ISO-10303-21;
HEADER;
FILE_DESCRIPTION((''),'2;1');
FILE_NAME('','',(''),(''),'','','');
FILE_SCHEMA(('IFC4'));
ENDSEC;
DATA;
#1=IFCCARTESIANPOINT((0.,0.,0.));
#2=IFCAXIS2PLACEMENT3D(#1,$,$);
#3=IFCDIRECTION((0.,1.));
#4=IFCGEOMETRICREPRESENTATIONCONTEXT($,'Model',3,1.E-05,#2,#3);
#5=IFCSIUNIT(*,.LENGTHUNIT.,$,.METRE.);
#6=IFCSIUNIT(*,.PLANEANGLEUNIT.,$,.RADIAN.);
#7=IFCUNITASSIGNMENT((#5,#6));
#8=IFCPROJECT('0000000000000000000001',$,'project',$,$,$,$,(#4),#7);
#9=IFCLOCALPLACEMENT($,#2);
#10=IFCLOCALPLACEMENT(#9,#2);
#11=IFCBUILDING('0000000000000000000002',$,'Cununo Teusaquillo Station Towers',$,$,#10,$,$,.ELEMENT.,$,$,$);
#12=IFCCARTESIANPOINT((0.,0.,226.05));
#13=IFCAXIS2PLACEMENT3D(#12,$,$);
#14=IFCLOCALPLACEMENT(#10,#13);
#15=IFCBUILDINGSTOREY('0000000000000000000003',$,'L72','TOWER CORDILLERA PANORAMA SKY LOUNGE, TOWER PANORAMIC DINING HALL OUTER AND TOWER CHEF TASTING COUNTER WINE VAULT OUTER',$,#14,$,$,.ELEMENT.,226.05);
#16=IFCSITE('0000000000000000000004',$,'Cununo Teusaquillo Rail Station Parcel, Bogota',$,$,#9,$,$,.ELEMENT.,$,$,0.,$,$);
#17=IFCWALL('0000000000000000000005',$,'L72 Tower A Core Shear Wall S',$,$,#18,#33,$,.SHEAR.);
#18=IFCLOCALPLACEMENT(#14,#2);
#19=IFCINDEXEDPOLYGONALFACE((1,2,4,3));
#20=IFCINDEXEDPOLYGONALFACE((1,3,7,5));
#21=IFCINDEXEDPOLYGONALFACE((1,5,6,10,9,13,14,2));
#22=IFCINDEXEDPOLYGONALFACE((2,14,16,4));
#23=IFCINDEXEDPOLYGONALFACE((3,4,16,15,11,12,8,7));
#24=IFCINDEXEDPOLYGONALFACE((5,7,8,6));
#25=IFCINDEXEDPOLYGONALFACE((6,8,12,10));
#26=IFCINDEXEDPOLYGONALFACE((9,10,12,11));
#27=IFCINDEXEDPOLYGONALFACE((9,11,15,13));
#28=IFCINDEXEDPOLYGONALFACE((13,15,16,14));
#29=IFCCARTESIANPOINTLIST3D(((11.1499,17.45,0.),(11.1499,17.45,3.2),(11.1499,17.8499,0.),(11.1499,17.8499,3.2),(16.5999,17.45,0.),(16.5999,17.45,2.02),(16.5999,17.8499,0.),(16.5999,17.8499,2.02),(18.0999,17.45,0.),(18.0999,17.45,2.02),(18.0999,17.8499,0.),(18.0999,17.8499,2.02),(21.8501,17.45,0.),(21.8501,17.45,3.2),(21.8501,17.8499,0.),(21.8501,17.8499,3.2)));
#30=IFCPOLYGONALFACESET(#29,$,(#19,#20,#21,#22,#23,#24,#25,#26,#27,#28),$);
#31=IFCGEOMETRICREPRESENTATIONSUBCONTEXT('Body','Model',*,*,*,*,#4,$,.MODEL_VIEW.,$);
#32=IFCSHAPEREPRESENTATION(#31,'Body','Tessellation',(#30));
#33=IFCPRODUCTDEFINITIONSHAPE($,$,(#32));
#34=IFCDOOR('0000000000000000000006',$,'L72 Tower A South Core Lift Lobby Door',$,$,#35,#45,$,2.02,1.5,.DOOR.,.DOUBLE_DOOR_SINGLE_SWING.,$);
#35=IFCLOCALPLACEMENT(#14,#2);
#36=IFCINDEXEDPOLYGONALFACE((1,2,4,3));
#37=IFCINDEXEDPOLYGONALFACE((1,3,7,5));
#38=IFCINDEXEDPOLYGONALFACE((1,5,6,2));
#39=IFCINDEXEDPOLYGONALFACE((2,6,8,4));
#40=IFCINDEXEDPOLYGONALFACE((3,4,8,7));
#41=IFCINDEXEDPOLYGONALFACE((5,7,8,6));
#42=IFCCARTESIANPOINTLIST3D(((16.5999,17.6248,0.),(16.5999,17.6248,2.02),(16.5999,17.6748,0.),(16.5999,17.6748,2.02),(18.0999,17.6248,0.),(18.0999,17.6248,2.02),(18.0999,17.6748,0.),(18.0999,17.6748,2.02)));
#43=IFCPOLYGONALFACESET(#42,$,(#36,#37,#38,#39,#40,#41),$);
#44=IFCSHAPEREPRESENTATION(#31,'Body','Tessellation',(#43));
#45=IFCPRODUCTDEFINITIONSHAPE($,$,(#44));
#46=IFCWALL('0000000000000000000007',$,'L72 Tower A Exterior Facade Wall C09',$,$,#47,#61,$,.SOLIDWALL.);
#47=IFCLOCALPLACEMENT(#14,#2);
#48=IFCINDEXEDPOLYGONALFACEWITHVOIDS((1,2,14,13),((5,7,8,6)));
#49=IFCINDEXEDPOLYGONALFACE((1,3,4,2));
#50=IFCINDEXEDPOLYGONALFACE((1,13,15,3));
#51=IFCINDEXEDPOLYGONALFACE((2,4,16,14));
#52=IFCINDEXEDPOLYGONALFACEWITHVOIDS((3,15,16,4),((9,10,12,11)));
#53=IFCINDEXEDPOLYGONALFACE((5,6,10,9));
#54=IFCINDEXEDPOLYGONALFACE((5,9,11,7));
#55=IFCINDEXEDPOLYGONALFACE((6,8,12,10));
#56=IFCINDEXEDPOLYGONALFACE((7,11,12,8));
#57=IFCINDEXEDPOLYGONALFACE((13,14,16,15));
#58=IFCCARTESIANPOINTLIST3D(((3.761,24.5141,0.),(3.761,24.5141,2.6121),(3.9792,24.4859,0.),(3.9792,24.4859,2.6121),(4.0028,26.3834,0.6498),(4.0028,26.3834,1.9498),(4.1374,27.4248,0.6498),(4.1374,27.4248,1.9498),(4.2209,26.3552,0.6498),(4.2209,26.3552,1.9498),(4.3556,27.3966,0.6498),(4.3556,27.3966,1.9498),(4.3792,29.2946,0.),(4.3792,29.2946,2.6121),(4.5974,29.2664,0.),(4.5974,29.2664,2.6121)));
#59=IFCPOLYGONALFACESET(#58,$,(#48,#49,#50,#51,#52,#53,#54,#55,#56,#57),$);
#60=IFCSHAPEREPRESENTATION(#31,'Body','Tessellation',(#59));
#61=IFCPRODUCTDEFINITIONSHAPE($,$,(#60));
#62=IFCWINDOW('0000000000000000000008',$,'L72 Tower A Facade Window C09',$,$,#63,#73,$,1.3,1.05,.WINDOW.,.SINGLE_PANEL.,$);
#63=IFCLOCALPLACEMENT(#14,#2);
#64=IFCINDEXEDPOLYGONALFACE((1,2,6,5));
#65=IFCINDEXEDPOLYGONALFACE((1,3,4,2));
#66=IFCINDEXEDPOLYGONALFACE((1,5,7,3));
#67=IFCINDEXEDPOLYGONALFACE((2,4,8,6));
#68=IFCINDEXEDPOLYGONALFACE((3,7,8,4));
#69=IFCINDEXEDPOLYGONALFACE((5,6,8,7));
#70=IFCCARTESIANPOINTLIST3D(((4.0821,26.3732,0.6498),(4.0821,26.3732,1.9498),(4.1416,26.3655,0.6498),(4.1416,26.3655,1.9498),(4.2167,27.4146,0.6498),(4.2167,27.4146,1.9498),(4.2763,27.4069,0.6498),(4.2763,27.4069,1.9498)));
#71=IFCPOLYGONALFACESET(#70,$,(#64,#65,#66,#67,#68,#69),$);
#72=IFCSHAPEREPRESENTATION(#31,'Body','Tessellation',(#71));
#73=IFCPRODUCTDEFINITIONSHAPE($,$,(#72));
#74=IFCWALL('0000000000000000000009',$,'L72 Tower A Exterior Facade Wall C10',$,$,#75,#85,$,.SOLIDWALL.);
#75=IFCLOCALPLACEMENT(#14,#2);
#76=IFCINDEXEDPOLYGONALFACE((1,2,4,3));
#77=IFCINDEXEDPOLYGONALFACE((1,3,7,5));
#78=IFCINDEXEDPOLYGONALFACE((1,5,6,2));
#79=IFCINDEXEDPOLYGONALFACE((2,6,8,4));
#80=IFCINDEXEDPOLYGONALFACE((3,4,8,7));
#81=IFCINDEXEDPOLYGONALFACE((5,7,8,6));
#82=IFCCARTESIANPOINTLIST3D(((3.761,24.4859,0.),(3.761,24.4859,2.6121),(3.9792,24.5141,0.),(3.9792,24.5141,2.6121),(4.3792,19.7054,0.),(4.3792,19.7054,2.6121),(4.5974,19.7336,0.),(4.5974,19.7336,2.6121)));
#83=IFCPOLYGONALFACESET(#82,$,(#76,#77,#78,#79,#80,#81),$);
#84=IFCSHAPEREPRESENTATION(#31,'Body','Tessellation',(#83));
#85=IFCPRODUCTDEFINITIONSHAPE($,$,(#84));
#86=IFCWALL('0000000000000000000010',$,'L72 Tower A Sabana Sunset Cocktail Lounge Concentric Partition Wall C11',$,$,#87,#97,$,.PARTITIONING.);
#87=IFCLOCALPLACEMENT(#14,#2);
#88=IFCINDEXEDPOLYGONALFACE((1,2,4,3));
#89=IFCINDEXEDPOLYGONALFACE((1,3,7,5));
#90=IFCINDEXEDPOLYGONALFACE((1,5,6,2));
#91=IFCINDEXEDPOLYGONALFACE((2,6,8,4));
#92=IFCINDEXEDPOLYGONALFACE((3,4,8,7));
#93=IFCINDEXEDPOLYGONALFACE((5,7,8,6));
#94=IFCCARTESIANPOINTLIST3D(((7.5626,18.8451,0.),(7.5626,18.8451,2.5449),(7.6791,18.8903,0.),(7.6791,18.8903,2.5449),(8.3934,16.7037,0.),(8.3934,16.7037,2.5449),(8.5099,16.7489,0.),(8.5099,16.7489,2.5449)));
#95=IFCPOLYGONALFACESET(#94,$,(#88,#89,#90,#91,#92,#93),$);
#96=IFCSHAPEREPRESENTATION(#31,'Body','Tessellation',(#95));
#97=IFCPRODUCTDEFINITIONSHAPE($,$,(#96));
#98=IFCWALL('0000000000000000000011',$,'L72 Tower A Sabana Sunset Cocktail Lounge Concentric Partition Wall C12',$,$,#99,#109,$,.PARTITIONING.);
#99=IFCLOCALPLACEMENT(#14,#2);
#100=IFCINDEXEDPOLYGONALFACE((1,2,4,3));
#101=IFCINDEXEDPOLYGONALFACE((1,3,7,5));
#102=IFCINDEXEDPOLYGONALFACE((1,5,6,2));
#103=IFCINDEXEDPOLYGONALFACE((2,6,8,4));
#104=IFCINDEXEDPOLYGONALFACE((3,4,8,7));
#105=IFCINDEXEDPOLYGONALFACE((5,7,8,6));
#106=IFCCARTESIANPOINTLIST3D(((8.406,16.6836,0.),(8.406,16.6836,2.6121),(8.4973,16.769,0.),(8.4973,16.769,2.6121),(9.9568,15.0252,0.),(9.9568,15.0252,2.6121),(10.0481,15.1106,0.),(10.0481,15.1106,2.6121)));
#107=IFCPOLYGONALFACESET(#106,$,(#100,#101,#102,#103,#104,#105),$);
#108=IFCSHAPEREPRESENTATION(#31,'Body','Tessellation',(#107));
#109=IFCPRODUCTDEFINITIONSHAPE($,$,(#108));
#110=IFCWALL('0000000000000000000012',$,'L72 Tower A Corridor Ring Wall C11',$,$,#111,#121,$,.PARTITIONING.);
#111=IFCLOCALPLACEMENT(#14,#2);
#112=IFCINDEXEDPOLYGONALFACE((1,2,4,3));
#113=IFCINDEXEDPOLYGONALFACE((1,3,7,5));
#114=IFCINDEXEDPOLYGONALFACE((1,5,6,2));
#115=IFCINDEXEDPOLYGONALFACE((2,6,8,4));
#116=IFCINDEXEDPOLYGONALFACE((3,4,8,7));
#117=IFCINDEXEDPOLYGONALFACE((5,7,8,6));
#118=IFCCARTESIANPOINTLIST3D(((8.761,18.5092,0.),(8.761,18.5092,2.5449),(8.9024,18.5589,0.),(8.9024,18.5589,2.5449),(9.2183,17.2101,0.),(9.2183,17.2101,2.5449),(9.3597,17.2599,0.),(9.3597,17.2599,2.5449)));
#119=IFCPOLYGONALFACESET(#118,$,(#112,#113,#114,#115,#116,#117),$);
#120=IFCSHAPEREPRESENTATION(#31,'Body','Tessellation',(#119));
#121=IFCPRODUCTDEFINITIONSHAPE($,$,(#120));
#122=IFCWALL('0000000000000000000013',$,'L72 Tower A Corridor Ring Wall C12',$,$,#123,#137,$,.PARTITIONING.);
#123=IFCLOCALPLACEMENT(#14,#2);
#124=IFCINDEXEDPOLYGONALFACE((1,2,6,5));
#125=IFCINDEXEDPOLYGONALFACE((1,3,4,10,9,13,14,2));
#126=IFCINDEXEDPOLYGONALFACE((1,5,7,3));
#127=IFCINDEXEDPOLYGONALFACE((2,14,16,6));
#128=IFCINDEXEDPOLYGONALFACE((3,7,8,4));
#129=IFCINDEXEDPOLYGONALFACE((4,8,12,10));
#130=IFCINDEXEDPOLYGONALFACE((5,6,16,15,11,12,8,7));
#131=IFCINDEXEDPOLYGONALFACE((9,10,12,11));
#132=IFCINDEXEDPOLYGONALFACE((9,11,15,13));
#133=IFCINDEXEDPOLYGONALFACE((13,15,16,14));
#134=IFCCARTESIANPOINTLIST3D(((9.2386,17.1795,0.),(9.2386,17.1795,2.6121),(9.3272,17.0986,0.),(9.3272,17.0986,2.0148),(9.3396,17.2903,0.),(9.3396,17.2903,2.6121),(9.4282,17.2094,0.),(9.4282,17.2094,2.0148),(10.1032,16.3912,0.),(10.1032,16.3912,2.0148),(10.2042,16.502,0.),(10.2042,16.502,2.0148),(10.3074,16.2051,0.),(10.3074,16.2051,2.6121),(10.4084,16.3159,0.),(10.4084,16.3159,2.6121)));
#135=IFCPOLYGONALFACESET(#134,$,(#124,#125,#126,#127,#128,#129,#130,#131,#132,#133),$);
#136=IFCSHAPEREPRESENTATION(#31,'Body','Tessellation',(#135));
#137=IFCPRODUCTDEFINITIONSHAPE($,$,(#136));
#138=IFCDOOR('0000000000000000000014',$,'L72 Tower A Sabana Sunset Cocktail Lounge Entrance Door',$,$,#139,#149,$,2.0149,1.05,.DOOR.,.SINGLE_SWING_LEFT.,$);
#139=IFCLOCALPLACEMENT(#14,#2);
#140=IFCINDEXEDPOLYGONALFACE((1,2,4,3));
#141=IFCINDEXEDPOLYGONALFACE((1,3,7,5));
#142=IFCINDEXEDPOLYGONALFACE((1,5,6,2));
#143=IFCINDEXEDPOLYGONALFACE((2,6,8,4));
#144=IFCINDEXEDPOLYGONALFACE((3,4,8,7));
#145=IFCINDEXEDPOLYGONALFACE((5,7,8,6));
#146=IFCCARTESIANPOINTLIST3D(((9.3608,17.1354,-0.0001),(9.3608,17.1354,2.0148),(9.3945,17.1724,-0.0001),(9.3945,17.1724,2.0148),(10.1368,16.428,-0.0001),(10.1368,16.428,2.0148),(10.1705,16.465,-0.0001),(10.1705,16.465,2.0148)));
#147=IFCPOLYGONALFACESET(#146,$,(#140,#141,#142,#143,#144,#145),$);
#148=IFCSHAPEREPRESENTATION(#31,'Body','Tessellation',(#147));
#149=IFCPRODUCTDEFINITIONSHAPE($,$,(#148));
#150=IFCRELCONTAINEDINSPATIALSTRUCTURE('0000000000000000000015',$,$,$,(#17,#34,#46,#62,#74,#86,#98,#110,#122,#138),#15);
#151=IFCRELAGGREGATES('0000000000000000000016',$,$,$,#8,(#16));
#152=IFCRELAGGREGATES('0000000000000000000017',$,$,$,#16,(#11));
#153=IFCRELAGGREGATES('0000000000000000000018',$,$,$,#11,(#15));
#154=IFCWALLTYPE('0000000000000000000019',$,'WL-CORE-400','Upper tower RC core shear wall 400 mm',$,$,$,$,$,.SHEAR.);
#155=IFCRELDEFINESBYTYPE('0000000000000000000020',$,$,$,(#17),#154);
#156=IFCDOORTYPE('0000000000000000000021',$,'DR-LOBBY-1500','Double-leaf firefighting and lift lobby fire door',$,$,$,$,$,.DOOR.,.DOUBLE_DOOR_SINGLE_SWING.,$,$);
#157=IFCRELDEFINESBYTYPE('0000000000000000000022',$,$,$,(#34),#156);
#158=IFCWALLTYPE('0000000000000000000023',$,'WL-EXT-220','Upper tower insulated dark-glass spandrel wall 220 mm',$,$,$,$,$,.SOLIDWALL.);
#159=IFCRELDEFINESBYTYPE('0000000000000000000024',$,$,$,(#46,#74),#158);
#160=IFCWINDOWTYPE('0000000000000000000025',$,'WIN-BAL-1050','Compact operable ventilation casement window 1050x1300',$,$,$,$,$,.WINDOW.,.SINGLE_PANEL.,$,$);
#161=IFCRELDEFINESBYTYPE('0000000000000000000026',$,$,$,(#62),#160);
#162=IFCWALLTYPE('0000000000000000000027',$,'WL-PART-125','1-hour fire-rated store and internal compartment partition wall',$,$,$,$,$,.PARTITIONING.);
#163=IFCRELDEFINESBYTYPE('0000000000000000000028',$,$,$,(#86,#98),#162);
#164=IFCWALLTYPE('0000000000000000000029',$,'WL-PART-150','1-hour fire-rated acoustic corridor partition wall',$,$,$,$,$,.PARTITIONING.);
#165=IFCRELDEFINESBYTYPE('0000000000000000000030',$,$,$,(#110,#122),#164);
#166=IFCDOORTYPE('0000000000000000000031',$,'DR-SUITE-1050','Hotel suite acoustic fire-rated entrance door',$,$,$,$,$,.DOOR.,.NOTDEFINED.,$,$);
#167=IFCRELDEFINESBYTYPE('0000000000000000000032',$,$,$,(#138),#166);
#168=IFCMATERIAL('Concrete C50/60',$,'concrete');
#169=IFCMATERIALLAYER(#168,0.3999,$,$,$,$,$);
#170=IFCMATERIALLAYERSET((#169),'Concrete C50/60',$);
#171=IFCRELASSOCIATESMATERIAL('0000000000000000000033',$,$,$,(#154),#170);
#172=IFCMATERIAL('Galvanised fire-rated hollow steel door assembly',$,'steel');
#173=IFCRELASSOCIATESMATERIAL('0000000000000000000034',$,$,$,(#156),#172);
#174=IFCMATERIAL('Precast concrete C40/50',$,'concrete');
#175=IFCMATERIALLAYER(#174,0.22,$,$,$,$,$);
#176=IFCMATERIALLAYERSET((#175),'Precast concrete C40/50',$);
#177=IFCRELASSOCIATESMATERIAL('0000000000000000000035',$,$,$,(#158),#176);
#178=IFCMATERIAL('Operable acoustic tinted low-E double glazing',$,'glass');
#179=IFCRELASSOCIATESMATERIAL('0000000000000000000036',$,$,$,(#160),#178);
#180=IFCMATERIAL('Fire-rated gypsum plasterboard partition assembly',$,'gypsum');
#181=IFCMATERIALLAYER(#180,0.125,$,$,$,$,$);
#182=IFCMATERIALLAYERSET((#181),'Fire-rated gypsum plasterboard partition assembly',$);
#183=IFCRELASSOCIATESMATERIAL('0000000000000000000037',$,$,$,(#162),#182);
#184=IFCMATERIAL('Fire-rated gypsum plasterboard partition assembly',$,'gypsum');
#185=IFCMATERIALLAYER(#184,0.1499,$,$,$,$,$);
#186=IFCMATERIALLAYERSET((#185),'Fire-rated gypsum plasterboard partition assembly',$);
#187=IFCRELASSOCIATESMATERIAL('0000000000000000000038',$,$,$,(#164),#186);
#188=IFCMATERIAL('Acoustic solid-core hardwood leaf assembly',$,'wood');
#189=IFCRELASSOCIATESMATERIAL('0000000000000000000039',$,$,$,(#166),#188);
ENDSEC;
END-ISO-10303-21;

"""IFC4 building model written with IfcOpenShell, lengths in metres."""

from ifc_helpers import new_model, si_unit, direction, frame, frame_2d, origin, place, context, subcontext, project, spatial, rectangle, extrude, source, transform, mapped, material, layer, layer_set, type_object, element, fill, save


model = new_model("IFC4")

# Units and contexts
model_context = context("Model", 3, precision=1e-05, world=origin(), true_north=direction((0.0, 1.0)))
body_context = subcontext(model_context, "Body", "Model", "MODEL_VIEW")
ifc_project = project(units=[si_unit("LENGTHUNIT", "METRE"), si_unit("PLANEANGLEUNIT", "RADIAN")], contexts=[model_context])

# Site, building, storey
site_placement = place(None, origin())
site = spatial("IfcSite", under=ifc_project, at=site_placement, Name="Cununo Teusaquillo Rail Station Parcel, Bogota", CompositionType="ELEMENT", RefElevation=0.0)
building_placement = place(site_placement, origin())
building = spatial("IfcBuilding", under=site, at=building_placement, Name="Cununo Teusaquillo Station Towers", CompositionType="ELEMENT")
storey_placement = place(building_placement, frame((0.0, 0.0, 226.05)))
storey = spatial("IfcBuildingStorey", under=building, at=storey_placement, Name="L72", Description="TOWER CORDILLERA PANORAMA SKY LOUNGE, TOWER PANORAMIC DINING HALL OUTER AND TOWER CHEF TASTING COUNTER WINE VAULT OUTER", CompositionType="ELEMENT", Elevation=226.05)

# Shared definitions
ifc_material_1 = material(Name="Concrete C50/60", Category="concrete")
ifc_layer_1 = layer(ifc_material_1, 0.3999)
ifc_layer_set_1 = layer_set([ifc_layer_1], Name="Concrete C50/60")
wall_type_1 = type_object("IfcWallType", Name="WL-CORE-400", Description="Upper tower RC core shear wall 400 mm", PredefinedType="SHEAR", material=ifc_layer_set_1)

# Wall, opening, door
wall_1_placement = place(storey_placement, frame((11.1499, 17.6499, 0.0), z_axis=(0.0, 0.0, 1.0), x_axis=(1.0, 0.0, 0.0)))
wall_1 = element("IfcWall", 1, at=wall_1_placement, inside=storey, type_object=wall_type_1, Name="L72 Tower A Core Shear Wall S", PredefinedType="SHEAR", context=body_context, shape_type="SweptSolid", body=[
    extrude(rectangle(XDim=10.7002, YDim=0.3999, at=frame_2d((5.3501, 0.0))), origin(), (0.0, 0.0, 1.0), 3.2),
])
shared_shape_1 = source(origin(), body_context, "Body", "SweptSolid", [
    extrude(rectangle(XDim=1.5, YDim=2.02, at=frame_2d((0.75, 1.01))), frame((0.0, 0.21, 0.0), z_axis=(0.0, -1.0, 0.0), x_axis=(1.0, 0.0, 0.0)), (0.0, 0.0, 1.0), 0.4199),
])
opening_1_placement = place(wall_1_placement, frame((5.45, 0.0, 0.0)))
opening_1 = element("IfcOpeningElement", 2, at=opening_1_placement, cuts=wall_1, PredefinedType="OPENING", context=body_context, shape_type="MappedRepresentation", body=[
    mapped(shared_shape_1, transform((0.0, 0.0, 0.0), x_axis=(1.0, 0.0, 0.0), y_axis=(0.0, 1.0, 0.0), z_axis=(0.0, 0.0, 1.0), scale=1.0)),
])
ifc_material_2 = material(Name="Galvanised fire-rated hollow steel door assembly", Category="steel")
door_type_1 = type_object("IfcDoorType", Name="DR-LOBBY-1500", Description="Double-leaf firefighting and lift lobby fire door", OperationType="DOUBLE_DOOR_SINGLE_SWING", PredefinedType="DOOR", material=ifc_material_2)
shared_shape_2 = source(origin(), body_context, "Body", "SweptSolid", [
    extrude(rectangle(XDim=1.5, YDim=2.02, at=frame_2d((0.75, 1.01))), frame((0.0, 0.0249, 0.0), z_axis=(0.0, -1.0, 0.0), x_axis=(1.0, 0.0, 0.0)), (0.0, 0.0, 1.0), 0.05),
])
door_1_placement = place(opening_1_placement, origin())
door_1 = element("IfcDoor", 3, at=door_1_placement, inside=storey, type_object=door_type_1, Name="L72 Tower A South Core Lift Lobby Door", OperationType="DOUBLE_DOOR_SINGLE_SWING", OverallHeight=2.02, OverallWidth=1.5, PredefinedType="DOOR", context=body_context, shape_type="MappedRepresentation", body=[
    mapped(shared_shape_2, transform((0.0, 0.0, 0.0), x_axis=(1.0, 0.0, 0.0), y_axis=(0.0, 1.0, 0.0), z_axis=(0.0, 0.0, 1.0), scale=1.0)),
])
fill(opening_1, door_1)

# Wall, opening, window
ifc_material_3 = material(Name="Precast concrete C40/50", Category="concrete")
ifc_layer_2 = layer(ifc_material_3, 0.22)
ifc_layer_set_2 = layer_set([ifc_layer_2], Name="Precast concrete C40/50")
wall_type_2 = type_object("IfcWallType", Name="WL-EXT-220", Description="Upper tower insulated dark-glass spandrel wall 220 mm", PredefinedType="SOLIDWALL", material=ifc_layer_set_2)
wall_2_placement = place(storey_placement, frame((3.8701, 24.5, 0.0), z_axis=(0.0, 0.0, 1.0), x_axis=(0.128241, 0.991743, 0.0)))
wall_2 = element("IfcWall", 4, at=wall_2_placement, inside=storey, type_object=wall_type_2, Name="L72 Tower A Exterior Facade Wall C09", PredefinedType="SOLIDWALL", context=body_context, shape_type="SweptSolid", body=[
    extrude(rectangle(XDim=4.8203, YDim=0.22, at=frame_2d((2.4102, 0.0))), origin(), (0.0, 0.0, 1.0), 2.6121),
])
shared_shape_3 = source(origin(), body_context, "Body", "SweptSolid", [
    extrude(rectangle(XDim=1.05, YDim=1.3, at=frame_2d((0.5249, 0.6499))), frame((0.0, 0.1199, 0.0), z_axis=(0.0, -1.0, 0.0), x_axis=(1.0, 0.0, 0.0)), (0.0, 0.0, 1.0), 0.24),
])
opening_2_placement = place(wall_2_placement, frame((1.885, 0.0, 0.6499)))
opening_2 = element("IfcOpeningElement", 5, at=opening_2_placement, cuts=wall_2, PredefinedType="OPENING", context=body_context, shape_type="MappedRepresentation", body=[
    mapped(shared_shape_3, transform((0.0, 0.0, 0.0), x_axis=(1.0, 0.0, 0.0), y_axis=(0.0, 1.0, 0.0), z_axis=(0.0, 0.0, 1.0), scale=1.0)),
])
ifc_material_4 = material(Name="Operable acoustic tinted low-E double glazing", Category="glass")
window_type = type_object("IfcWindowType", Name="WIN-BAL-1050", Description="Compact operable ventilation casement window 1050x1300", PartitioningType="SINGLE_PANEL", PredefinedType="WINDOW", material=ifc_material_4)
shared_shape_4 = source(origin(), body_context, "Body", "SweptSolid", [
    extrude(rectangle(XDim=1.05, YDim=1.3, at=frame_2d((0.5249, 0.6499))), frame((0.0, 0.03, 0.0), z_axis=(0.0, -1.0, 0.0), x_axis=(1.0, 0.0, 0.0)), (0.0, 0.0, 1.0), 0.0601),
])
window_placement = place(opening_2_placement, origin())
window = element("IfcWindow", 6, at=window_placement, inside=storey, type_object=window_type, Name="L72 Tower A Facade Window C09", OverallHeight=1.3, OverallWidth=1.05, PartitioningType="SINGLE_PANEL", PredefinedType="WINDOW", context=body_context, shape_type="MappedRepresentation", body=[
    mapped(shared_shape_4, transform((0.0, 0.0, 0.0), x_axis=(1.0, 0.0, 0.0), y_axis=(0.0, 1.0, 0.0), z_axis=(0.0, 0.0, 1.0), scale=1.0)),
])
fill(opening_2, window)

# Walls
wall_3_placement = place(storey_placement, frame((4.4883, 19.7195, 0.0), z_axis=(0.0, 0.0, 1.0), x_axis=(-0.128241, 0.991743, 0.0)))
element("IfcWall", 7, at=wall_3_placement, inside=storey, type_object=wall_type_2, Name="L72 Tower A Exterior Facade Wall C10", PredefinedType="SOLIDWALL", context=body_context, shape_type="SweptSolid", body=[
    extrude(rectangle(XDim=4.8203, YDim=0.22, at=frame_2d((2.4102, 0.0))), origin(), (0.0, 0.0, 1.0), 2.6121),
])
ifc_material_5 = material(Name="Fire-rated gypsum plasterboard partition assembly", Category="gypsum")
ifc_layer_3 = layer(ifc_material_5, 0.125)
ifc_layer_set_3 = layer_set([ifc_layer_3], Name="Fire-rated gypsum plasterboard partition assembly")
wall_type_3 = type_object("IfcWallType", Name="WL-PART-125", Description="1-hour fire-rated store and internal compartment partition wall", PredefinedType="PARTITIONING", material=ifc_layer_set_3)
wall_4_placement = place(storey_placement, frame((7.6208, 18.8677, 0.0), z_axis=(0.0, 0.0, 1.0), x_axis=(0.361713, -0.93229, 0.0)))
element("IfcWall", 8, at=wall_4_placement, inside=storey, type_object=wall_type_3, Name="L72 Tower A Sabana Sunset Cocktail Lounge Concentric Partition Wall C11", PredefinedType="PARTITIONING", context=body_context, shape_type="SweptSolid", body=[
    extrude(rectangle(XDim=2.2969, YDim=0.125, at=frame_2d((1.1484, 0.0))), origin(), (0.0, 0.0, 1.0), 2.5449),
])
wall_5_placement = place(storey_placement, frame((8.4517, 16.7263, 0.0), z_axis=(0.0, 0.0, 1.0), x_axis=(0.683, -0.730418, 0.0)))
element("IfcWall", 9, at=wall_5_placement, inside=storey, type_object=wall_type_3, Name="L72 Tower A Sabana Sunset Cocktail Lounge Concentric Partition Wall C12", PredefinedType="PARTITIONING", context=body_context, shape_type="SweptSolid", body=[
    extrude(rectangle(XDim=2.2705, YDim=0.125, at=frame_2d((1.1353, 0.0))), origin(), (0.0, 0.0, 1.0), 2.6121),
])
ifc_material_6 = material(Name="Fire-rated gypsum plasterboard partition assembly", Category="gypsum")
ifc_layer_4 = layer(ifc_material_6, 0.1499)
ifc_layer_set_4 = layer_set([ifc_layer_4], Name="Fire-rated gypsum plasterboard partition assembly")
wall_type_4 = type_object("IfcWallType", Name="WL-PART-150", Description="1-hour fire-rated acoustic corridor partition wall", PredefinedType="PARTITIONING", material=ifc_layer_set_4)
wall_6_placement = place(storey_placement, frame((8.8318, 18.5339, 0.0), z_axis=(0.0, 0.0, 1.0), x_axis=(0.332032, -0.943268, 0.0)))
element("IfcWall", 10, at=wall_6_placement, inside=storey, type_object=wall_type_4, Name="L72 Tower A Corridor Ring Wall C11", PredefinedType="PARTITIONING", context=body_context, shape_type="SweptSolid", body=[
    extrude(rectangle(XDim=1.3772, YDim=0.1499, at=frame_2d((0.6885, 0.0))), origin(), (0.0, 0.0, 1.0), 2.5449),
])

# Wall, opening, door
wall_7_placement = place(storey_placement, frame((9.2891, 17.2349, 0.0), z_axis=(0.0, 0.0, 1.0), x_axis=(0.739015, -0.673689, 0.0)))
wall_7 = element("IfcWall", 11, at=wall_7_placement, inside=storey, type_object=wall_type_4, Name="L72 Tower A Corridor Ring Wall C12", PredefinedType="PARTITIONING", context=body_context, shape_type="SweptSolid", body=[
    extrude(rectangle(XDim=1.4463, YDim=0.1499, at=frame_2d((0.7231, 0.0))), origin(), (0.0, 0.0, 1.0), 2.6121),
])
shared_shape_5 = source(origin(), body_context, "Body", "SweptSolid", [
    extrude(rectangle(XDim=1.05, YDim=2.0149, at=frame_2d((0.5249, 1.0073))), frame((0.0, 0.085, 0.0), z_axis=(0.0, -1.0, 0.0), x_axis=(1.0, 0.0, 0.0)), (0.0, 0.0, 1.0), 0.1699),
])
opening_3_placement = place(wall_7_placement, frame((0.1201, 0.0, 0.0)))
opening_3 = element("IfcOpeningElement", 12, at=opening_3_placement, cuts=wall_7, PredefinedType="OPENING", context=body_context, shape_type="MappedRepresentation", body=[
    mapped(shared_shape_5, transform((0.0, 0.0, 0.0), x_axis=(1.0, 0.0, 0.0), y_axis=(0.0, 1.0, 0.0), z_axis=(0.0, 0.0, 1.0), scale=1.0)),
])
ifc_material_7 = material(Name="Acoustic solid-core hardwood leaf assembly", Category="wood")
door_type_2 = type_object("IfcDoorType", Name="DR-SUITE-1050", Description="Hotel suite acoustic fire-rated entrance door", OperationType="NOTDEFINED", PredefinedType="DOOR", material=ifc_material_7)
shared_shape_6 = source(origin(), body_context, "Body", "SweptSolid", [
    extrude(rectangle(XDim=1.05, YDim=2.0149, at=frame_2d((0.5249, 1.0073))), frame((0.0, 0.0249, 0.0), z_axis=(0.0, -1.0, 0.0), x_axis=(1.0, 0.0, 0.0)), (0.0, 0.0, 1.0), 0.05),
])
door_2_placement = place(opening_3_placement, origin())
door_2 = element("IfcDoor", 13, at=door_2_placement, inside=storey, type_object=door_type_2, Name="L72 Tower A Sabana Sunset Cocktail Lounge Entrance Door", OperationType="SINGLE_SWING_LEFT", OverallHeight=2.0149, OverallWidth=1.05, PredefinedType="DOOR", context=body_context, shape_type="MappedRepresentation", body=[
    mapped(shared_shape_6, transform((0.0, 0.0, 0.0), x_axis=(1.0, 0.0, 0.0), y_axis=(0.0, 1.0, 0.0), z_axis=(0.0, 0.0, 1.0), scale=1.0)),
])
fill(opening_3, door_2)

save(model, "model.ifc")
